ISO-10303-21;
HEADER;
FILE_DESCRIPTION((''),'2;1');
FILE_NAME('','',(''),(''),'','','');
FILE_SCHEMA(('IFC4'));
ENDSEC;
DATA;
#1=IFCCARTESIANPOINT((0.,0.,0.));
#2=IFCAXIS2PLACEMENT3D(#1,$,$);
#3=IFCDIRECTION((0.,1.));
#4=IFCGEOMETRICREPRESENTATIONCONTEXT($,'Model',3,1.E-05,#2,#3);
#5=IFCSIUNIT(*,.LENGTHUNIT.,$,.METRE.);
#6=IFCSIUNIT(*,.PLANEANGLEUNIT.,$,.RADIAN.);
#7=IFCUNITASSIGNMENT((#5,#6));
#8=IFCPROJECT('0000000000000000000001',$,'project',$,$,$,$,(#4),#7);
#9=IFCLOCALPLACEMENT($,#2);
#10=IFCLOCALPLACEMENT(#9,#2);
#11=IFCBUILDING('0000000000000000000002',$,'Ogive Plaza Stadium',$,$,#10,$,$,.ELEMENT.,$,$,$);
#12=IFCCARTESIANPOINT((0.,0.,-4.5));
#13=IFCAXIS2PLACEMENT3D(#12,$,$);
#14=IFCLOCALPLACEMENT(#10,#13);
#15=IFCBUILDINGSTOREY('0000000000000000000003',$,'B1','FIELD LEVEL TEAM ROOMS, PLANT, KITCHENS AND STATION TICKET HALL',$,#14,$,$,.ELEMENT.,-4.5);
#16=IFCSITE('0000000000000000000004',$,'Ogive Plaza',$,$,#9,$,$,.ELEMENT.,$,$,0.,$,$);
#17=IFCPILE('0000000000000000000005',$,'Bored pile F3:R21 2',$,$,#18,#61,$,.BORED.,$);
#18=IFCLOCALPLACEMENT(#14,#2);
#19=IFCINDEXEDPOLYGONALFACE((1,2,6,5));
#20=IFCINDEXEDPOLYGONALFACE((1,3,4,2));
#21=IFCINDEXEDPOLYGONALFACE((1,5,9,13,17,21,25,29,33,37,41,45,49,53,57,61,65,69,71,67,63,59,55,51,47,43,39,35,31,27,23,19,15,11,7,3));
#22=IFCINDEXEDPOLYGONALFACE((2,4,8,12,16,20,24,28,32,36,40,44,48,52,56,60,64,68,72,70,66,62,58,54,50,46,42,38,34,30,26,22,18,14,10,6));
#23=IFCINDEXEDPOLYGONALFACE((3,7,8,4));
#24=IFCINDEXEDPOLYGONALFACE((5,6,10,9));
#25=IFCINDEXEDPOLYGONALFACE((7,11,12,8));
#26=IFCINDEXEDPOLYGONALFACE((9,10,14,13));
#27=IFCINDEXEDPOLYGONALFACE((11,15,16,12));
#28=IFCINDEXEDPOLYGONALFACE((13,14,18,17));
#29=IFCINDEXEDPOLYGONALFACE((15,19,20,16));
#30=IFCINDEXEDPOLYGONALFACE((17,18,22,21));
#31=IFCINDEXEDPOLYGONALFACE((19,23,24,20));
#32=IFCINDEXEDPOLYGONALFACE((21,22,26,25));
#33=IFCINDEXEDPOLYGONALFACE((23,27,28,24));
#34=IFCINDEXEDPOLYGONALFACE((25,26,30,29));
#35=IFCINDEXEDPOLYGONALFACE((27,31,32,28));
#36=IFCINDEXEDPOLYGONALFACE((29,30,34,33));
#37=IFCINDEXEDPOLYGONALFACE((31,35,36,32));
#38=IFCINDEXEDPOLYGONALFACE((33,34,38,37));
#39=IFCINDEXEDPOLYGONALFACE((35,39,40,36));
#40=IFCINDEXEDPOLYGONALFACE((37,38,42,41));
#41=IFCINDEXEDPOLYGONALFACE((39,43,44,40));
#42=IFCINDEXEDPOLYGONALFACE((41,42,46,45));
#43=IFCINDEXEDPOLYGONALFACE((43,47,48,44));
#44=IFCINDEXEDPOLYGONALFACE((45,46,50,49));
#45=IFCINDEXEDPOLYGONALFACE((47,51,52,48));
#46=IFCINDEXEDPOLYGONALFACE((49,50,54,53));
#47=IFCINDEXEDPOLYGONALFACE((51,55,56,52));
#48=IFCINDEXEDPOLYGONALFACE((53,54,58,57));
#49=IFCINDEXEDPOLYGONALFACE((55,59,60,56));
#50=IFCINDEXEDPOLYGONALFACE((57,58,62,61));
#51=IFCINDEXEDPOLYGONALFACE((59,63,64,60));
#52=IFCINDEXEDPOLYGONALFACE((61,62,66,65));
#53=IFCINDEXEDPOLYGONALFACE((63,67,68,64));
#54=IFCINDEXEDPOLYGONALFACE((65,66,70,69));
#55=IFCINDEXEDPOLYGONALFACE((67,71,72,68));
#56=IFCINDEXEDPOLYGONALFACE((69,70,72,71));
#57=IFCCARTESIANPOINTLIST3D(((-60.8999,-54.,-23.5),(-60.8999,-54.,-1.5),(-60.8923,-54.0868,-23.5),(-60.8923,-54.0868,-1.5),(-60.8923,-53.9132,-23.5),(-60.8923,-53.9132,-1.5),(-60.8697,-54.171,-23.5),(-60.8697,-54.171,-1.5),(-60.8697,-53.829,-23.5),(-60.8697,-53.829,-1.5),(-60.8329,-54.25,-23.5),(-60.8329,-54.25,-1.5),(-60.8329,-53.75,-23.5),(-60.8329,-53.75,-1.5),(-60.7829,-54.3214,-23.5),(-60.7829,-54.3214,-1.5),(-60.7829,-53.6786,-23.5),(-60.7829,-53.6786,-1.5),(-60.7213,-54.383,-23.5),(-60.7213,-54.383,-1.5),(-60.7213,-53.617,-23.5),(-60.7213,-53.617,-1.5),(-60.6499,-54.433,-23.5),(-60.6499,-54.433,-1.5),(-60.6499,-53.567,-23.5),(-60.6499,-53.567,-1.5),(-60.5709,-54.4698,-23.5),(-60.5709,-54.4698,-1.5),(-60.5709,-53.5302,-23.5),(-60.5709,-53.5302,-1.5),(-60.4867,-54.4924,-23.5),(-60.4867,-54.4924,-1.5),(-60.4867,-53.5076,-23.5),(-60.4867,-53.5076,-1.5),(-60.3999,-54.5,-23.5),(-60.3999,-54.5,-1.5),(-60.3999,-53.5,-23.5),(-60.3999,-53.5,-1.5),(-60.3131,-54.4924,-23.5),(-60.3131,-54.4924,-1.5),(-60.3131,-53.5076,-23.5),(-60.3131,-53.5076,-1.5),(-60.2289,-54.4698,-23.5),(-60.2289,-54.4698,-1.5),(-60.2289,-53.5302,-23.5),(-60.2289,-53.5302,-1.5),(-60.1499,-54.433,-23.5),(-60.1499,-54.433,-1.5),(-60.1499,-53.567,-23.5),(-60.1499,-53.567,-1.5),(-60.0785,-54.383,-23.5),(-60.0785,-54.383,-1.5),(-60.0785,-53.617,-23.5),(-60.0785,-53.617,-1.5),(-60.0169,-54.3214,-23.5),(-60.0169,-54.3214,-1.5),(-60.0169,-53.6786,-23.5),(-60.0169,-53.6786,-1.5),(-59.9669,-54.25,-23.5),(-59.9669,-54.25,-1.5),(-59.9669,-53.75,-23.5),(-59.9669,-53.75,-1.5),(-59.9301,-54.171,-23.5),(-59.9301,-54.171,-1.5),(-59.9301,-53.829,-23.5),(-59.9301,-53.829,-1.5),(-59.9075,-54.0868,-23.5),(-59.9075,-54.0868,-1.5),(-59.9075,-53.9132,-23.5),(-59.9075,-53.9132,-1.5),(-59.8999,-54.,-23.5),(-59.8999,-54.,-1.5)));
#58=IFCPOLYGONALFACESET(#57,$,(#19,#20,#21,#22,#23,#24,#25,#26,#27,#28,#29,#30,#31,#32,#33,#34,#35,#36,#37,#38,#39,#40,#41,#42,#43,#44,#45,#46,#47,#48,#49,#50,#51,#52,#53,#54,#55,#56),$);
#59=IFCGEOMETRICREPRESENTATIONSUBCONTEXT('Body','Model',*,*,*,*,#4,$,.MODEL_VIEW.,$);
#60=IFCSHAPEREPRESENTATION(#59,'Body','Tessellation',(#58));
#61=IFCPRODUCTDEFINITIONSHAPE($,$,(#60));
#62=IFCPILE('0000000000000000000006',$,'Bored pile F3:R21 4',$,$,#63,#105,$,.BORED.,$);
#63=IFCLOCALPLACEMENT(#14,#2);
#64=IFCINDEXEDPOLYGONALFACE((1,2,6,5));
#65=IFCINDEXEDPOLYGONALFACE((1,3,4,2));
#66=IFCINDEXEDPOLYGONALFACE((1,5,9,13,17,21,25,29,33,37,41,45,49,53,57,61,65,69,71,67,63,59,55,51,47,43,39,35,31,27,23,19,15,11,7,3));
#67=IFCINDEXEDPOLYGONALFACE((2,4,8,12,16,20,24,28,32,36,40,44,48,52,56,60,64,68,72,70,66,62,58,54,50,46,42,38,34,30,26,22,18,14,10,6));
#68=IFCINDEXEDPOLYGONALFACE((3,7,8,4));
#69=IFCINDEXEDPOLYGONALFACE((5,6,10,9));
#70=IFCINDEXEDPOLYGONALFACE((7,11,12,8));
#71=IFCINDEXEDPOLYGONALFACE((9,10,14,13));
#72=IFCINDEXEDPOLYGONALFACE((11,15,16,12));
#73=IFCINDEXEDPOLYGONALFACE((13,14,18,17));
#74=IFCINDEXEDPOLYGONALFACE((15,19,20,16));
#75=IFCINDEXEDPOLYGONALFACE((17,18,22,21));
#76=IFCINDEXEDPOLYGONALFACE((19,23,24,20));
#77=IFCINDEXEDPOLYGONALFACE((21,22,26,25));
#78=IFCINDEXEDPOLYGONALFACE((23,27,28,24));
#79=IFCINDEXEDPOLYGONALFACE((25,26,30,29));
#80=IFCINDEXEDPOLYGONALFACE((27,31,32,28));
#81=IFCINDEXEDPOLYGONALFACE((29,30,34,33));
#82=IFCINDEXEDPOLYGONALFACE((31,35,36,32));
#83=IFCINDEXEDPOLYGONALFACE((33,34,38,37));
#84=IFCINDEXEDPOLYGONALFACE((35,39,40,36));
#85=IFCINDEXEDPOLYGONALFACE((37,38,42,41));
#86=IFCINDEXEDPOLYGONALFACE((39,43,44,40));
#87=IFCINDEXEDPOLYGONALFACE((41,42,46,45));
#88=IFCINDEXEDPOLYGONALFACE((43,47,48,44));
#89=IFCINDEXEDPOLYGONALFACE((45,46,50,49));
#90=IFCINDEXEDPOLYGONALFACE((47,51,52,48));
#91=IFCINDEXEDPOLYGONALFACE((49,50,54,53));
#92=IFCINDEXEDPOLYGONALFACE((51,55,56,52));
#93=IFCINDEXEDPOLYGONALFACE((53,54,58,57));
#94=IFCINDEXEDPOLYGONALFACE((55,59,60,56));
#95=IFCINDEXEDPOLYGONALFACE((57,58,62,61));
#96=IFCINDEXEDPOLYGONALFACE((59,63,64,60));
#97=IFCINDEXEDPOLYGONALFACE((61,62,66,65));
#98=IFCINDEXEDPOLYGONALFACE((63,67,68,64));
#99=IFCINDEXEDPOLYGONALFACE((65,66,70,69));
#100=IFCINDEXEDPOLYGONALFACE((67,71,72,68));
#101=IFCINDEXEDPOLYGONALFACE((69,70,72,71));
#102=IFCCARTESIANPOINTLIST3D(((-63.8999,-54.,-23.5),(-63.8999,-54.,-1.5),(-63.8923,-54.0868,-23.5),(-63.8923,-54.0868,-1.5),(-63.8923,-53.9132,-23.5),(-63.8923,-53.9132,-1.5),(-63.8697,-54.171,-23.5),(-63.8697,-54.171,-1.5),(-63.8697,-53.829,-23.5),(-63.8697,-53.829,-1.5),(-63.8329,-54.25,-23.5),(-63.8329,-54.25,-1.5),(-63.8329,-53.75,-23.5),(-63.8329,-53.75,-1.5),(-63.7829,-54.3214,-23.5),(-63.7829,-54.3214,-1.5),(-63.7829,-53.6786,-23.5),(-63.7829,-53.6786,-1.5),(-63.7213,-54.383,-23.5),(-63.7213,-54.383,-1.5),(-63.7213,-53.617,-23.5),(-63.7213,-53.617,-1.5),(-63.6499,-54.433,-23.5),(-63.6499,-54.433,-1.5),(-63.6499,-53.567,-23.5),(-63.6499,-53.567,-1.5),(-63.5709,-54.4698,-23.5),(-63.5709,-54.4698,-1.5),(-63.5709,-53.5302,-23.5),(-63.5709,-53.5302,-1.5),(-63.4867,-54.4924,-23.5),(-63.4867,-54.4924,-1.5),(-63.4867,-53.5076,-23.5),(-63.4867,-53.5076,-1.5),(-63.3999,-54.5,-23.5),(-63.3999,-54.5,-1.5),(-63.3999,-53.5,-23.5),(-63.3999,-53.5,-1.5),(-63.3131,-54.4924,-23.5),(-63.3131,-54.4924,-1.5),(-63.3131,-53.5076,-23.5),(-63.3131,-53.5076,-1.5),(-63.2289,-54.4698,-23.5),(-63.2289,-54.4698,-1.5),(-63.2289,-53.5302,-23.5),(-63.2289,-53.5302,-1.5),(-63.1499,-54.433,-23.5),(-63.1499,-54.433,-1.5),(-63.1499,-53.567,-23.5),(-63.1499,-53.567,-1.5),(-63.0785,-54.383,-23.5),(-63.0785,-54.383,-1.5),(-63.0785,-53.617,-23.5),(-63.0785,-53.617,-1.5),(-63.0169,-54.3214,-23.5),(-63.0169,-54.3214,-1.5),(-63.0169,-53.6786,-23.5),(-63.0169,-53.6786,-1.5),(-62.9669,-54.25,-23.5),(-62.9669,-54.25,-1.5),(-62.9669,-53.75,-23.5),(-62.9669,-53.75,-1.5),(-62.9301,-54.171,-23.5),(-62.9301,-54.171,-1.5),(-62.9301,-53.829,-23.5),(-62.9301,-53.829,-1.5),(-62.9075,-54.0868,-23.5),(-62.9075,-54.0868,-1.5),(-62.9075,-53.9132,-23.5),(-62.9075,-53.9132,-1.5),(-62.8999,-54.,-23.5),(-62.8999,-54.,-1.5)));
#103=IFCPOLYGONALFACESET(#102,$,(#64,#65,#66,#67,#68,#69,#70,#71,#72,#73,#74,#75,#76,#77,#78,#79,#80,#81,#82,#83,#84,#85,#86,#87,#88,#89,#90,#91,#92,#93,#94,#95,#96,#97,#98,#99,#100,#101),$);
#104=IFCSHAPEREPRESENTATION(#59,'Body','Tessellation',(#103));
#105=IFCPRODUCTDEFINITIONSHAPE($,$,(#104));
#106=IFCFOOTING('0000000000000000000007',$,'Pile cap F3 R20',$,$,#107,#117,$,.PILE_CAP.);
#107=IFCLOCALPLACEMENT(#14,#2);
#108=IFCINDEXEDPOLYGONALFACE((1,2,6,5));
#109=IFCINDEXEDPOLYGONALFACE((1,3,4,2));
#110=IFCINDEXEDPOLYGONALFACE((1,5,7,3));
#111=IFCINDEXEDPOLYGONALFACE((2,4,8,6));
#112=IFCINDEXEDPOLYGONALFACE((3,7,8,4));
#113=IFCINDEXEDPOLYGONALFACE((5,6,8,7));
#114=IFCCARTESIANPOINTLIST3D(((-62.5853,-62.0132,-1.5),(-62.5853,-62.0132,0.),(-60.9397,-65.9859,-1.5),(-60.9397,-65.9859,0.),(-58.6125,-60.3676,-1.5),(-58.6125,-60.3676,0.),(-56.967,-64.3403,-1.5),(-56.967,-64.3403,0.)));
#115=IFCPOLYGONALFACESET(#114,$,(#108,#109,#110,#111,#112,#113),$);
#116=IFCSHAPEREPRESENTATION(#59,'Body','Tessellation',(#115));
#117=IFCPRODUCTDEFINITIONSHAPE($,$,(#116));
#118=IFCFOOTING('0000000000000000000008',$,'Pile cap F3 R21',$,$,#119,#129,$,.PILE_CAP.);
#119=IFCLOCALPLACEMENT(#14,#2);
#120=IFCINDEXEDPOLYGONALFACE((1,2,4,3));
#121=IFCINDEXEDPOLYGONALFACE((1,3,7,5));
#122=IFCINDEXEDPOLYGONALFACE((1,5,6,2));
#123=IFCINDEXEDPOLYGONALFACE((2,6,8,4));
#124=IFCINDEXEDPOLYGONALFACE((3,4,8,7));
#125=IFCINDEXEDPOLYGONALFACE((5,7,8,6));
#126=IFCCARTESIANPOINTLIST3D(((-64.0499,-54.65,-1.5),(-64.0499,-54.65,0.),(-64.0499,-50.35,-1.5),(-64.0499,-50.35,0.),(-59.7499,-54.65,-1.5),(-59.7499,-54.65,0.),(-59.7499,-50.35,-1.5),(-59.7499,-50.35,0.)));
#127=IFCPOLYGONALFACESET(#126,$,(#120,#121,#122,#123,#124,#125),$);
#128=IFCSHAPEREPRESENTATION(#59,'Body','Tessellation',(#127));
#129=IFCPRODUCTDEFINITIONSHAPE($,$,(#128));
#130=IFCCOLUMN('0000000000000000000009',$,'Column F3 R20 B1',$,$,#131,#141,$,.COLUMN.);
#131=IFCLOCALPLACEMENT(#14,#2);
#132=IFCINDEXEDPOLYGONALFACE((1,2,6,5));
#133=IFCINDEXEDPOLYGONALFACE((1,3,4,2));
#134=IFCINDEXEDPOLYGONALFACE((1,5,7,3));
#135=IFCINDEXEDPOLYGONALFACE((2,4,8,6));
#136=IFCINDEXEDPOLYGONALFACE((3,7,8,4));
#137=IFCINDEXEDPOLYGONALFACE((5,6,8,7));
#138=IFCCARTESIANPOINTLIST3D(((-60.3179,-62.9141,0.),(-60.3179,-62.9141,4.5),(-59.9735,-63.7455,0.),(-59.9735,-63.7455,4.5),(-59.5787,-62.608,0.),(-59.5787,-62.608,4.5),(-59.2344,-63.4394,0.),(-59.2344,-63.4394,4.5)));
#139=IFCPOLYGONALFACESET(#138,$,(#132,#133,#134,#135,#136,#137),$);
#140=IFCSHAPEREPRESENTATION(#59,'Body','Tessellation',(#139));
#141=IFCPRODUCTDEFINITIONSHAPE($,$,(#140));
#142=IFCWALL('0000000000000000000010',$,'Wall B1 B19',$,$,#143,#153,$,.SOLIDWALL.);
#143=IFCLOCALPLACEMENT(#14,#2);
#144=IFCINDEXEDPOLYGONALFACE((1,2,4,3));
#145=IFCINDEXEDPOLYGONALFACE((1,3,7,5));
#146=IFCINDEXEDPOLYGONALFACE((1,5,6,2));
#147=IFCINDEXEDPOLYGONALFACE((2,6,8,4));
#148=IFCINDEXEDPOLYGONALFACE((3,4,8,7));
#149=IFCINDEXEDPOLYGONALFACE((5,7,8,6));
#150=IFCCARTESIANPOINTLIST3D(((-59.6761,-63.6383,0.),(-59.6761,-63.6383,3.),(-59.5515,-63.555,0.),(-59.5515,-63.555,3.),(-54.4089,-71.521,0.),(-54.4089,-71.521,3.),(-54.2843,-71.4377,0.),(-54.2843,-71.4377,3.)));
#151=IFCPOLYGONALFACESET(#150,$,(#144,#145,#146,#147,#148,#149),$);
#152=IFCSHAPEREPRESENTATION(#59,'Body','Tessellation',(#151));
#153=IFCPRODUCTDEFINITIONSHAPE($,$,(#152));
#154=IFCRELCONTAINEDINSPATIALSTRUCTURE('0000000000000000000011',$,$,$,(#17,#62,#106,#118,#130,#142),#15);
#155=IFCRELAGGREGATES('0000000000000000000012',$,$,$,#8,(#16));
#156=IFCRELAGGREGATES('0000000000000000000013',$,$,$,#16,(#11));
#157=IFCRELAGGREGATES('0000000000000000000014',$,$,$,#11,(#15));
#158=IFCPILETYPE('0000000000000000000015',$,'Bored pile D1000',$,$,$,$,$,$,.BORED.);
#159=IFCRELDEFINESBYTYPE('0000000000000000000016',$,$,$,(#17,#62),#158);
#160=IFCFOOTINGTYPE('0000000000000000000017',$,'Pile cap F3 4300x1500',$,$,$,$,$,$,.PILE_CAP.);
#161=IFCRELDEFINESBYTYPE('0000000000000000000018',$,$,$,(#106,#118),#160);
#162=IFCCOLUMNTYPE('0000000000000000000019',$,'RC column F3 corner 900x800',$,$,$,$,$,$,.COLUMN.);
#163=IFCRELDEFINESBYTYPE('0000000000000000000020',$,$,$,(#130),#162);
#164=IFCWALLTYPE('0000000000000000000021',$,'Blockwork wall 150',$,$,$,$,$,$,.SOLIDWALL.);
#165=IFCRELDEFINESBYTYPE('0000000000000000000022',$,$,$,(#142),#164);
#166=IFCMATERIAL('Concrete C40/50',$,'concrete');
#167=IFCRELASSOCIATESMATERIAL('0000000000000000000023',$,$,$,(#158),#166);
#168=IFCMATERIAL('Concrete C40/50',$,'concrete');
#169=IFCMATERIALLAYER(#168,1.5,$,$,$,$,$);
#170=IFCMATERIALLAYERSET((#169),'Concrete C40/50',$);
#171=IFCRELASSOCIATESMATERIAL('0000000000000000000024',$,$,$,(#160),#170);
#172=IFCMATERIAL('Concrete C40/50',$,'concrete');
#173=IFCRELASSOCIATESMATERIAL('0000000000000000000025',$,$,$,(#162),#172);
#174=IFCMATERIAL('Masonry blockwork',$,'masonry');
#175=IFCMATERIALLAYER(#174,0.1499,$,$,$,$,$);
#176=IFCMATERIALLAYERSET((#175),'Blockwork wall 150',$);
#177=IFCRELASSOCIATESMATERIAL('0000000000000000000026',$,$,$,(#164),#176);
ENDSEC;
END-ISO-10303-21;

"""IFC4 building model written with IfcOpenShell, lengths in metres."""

from ifc_helpers import new_model, si_unit, direction, frame, frame_2d, origin, origin_2d, place, context, subcontext, project, spatial, rectangle, circle, extrude, material, layer, layer_set, material_profile, profile_set, type_object, element, save


model = new_model("IFC4")

# Units and contexts
model_context = context("Model", 3, precision=1e-05, world=origin(), true_north=direction((0.0, 1.0)))
body_context = subcontext(model_context, "Body", "Model", "MODEL_VIEW")
ifc_project = project(units=[si_unit("LENGTHUNIT", "METRE"), si_unit("PLANEANGLEUNIT", "RADIAN")], contexts=[model_context])

# Site, building, storey
site_placement = place(None, origin())
site = spatial("IfcSite", under=ifc_project, at=site_placement, Name="Ogive Plaza", CompositionType="ELEMENT", RefElevation=0.0)
building_placement = place(site_placement, origin())
building = spatial("IfcBuilding", under=site, at=building_placement, Name="Ogive Plaza Stadium", CompositionType="ELEMENT")
storey_placement = place(building_placement, frame((0.0, 0.0, -4.5)))
storey = spatial("IfcBuildingStorey", under=building, at=storey_placement, Name="B1", Description="FIELD LEVEL TEAM ROOMS, PLANT, KITCHENS AND STATION TICKET HALL", CompositionType="ELEMENT", Elevation=-4.5)

# Piles
ifc_material_1 = material(Name="Concrete C40/50", Category="concrete")
ifc_material_profile_1 = material_profile(ifc_material_1, circle(Radius=0.5, at=origin_2d()), Name="RC D1000")
ifc_profile_set_1 = profile_set([ifc_material_profile_1], Name="Concrete C40/50")
pile_type = type_object("IfcPileType", Name="Bored pile D1000", PredefinedType="BORED", material=ifc_profile_set_1)
for number, where, z_axis, x_axis, name in (
    (1, (-60.3999, -54.0, -1.5), (0.0, 0.0, -1.0), (1.0, 0.0, 0.0), "Bored pile F3:R21 2"),
    (2, (-63.3999, -54.0, -1.5), (0.0, 0.0, -1.0), (1.0, 0.0, 0.0), "Bored pile F3:R21 4"),
):
    element("IfcPile", number, at=place(storey_placement, frame(where, z_axis=z_axis, x_axis=x_axis)), inside=storey, type_object=pile_type, Name=name, PredefinedType="BORED", context=body_context, shape_type="SweptSolid", body=[
        extrude(circle(Radius=0.5, at=origin_2d()), origin(), (0.0, 0.0, 1.0), 22.0),
    ])

# Footings
ifc_material_2 = material(Name="Concrete C40/50", Category="concrete")
ifc_layer_1 = layer(ifc_material_2, 1.5)
ifc_layer_set_1 = layer_set([ifc_layer_1], Name="Concrete C40/50")
footing_type = type_object("IfcFootingType", Name="Pile cap F3 4300x1500", PredefinedType="PILE_CAP", material=ifc_layer_set_1)
for number, where, z_axis, x_axis, name in (
    (3, (-59.7761, -63.1768, -1.5), (0.0, 0.0, 1.0), (-0.92388, -0.382683, 0.0), "Pile cap F3 R20"),
    (4, (-61.8999, -52.5, -1.5), (0.0, 0.0, 1.0), (-1.0, 0.0, 0.0), "Pile cap F3 R21"),
):
    element("IfcFooting", number, at=place(storey_placement, frame(where, z_axis=z_axis, x_axis=x_axis)), inside=storey, type_object=footing_type, Name=name, PredefinedType="PILE_CAP", context=body_context, shape_type="SweptSolid", body=[
        extrude(rectangle(XDim=4.3, YDim=4.3, at=origin_2d()), origin(), (0.0, 0.0, 1.0), 1.5),
    ])

# Column
ifc_material_3 = material(Name="Concrete C40/50", Category="concrete")
ifc_material_profile_2 = material_profile(ifc_material_3, rectangle(XDim=0.8999, YDim=0.8, at=origin_2d()), Name="RC 900x800")
ifc_profile_set_2 = profile_set([ifc_material_profile_2], Name="Concrete C40/50")
column_type = type_object("IfcColumnType", Name="RC column F3 corner 900x800", PredefinedType="COLUMN", material=ifc_profile_set_2)
column_placement = place(storey_placement, frame((-59.7761, -63.1768, 0.0), z_axis=(0.0, 0.0, 1.0), x_axis=(0.382683, -0.92388, 0.0)))
element("IfcColumn", 5, at=column_placement, inside=storey, type_object=column_type, Name="Column F3 R20 B1", PredefinedType="COLUMN", context=body_context, shape_type="SweptSolid", body=[
    extrude(rectangle(XDim=0.8999, YDim=0.8, at=origin_2d()), origin(), (0.0, 0.0, 1.0), 4.5),
])

# Wall
ifc_material_4 = material(Name="Masonry blockwork", Category="masonry")
ifc_layer_2 = layer(ifc_material_4, 0.1499)
ifc_layer_set_2 = layer_set([ifc_layer_2], Name="Blockwork wall 150")
wall_type = type_object("IfcWallType", Name="Blockwork wall 150", PredefinedType="SOLIDWALL", material=ifc_layer_set_2)
wall_1_placement = place(storey_placement, frame((-59.6138, -63.5967, 0.0), z_axis=(0.0, 0.0, 1.0), x_axis=(0.555579, -0.831463, 0.0)))
element("IfcWall", 6, at=wall_1_placement, inside=storey, type_object=wall_type, Name="Wall B1 B19", PredefinedType="SOLIDWALL", context=body_context, shape_type="SweptSolid", body=[
    extrude(rectangle(XDim=9.4805, YDim=0.1499, at=frame_2d((4.7402, 0.0))), origin(), (0.0, 0.0, 1.0), 3.0),
])

save(model, "model.ifc")
